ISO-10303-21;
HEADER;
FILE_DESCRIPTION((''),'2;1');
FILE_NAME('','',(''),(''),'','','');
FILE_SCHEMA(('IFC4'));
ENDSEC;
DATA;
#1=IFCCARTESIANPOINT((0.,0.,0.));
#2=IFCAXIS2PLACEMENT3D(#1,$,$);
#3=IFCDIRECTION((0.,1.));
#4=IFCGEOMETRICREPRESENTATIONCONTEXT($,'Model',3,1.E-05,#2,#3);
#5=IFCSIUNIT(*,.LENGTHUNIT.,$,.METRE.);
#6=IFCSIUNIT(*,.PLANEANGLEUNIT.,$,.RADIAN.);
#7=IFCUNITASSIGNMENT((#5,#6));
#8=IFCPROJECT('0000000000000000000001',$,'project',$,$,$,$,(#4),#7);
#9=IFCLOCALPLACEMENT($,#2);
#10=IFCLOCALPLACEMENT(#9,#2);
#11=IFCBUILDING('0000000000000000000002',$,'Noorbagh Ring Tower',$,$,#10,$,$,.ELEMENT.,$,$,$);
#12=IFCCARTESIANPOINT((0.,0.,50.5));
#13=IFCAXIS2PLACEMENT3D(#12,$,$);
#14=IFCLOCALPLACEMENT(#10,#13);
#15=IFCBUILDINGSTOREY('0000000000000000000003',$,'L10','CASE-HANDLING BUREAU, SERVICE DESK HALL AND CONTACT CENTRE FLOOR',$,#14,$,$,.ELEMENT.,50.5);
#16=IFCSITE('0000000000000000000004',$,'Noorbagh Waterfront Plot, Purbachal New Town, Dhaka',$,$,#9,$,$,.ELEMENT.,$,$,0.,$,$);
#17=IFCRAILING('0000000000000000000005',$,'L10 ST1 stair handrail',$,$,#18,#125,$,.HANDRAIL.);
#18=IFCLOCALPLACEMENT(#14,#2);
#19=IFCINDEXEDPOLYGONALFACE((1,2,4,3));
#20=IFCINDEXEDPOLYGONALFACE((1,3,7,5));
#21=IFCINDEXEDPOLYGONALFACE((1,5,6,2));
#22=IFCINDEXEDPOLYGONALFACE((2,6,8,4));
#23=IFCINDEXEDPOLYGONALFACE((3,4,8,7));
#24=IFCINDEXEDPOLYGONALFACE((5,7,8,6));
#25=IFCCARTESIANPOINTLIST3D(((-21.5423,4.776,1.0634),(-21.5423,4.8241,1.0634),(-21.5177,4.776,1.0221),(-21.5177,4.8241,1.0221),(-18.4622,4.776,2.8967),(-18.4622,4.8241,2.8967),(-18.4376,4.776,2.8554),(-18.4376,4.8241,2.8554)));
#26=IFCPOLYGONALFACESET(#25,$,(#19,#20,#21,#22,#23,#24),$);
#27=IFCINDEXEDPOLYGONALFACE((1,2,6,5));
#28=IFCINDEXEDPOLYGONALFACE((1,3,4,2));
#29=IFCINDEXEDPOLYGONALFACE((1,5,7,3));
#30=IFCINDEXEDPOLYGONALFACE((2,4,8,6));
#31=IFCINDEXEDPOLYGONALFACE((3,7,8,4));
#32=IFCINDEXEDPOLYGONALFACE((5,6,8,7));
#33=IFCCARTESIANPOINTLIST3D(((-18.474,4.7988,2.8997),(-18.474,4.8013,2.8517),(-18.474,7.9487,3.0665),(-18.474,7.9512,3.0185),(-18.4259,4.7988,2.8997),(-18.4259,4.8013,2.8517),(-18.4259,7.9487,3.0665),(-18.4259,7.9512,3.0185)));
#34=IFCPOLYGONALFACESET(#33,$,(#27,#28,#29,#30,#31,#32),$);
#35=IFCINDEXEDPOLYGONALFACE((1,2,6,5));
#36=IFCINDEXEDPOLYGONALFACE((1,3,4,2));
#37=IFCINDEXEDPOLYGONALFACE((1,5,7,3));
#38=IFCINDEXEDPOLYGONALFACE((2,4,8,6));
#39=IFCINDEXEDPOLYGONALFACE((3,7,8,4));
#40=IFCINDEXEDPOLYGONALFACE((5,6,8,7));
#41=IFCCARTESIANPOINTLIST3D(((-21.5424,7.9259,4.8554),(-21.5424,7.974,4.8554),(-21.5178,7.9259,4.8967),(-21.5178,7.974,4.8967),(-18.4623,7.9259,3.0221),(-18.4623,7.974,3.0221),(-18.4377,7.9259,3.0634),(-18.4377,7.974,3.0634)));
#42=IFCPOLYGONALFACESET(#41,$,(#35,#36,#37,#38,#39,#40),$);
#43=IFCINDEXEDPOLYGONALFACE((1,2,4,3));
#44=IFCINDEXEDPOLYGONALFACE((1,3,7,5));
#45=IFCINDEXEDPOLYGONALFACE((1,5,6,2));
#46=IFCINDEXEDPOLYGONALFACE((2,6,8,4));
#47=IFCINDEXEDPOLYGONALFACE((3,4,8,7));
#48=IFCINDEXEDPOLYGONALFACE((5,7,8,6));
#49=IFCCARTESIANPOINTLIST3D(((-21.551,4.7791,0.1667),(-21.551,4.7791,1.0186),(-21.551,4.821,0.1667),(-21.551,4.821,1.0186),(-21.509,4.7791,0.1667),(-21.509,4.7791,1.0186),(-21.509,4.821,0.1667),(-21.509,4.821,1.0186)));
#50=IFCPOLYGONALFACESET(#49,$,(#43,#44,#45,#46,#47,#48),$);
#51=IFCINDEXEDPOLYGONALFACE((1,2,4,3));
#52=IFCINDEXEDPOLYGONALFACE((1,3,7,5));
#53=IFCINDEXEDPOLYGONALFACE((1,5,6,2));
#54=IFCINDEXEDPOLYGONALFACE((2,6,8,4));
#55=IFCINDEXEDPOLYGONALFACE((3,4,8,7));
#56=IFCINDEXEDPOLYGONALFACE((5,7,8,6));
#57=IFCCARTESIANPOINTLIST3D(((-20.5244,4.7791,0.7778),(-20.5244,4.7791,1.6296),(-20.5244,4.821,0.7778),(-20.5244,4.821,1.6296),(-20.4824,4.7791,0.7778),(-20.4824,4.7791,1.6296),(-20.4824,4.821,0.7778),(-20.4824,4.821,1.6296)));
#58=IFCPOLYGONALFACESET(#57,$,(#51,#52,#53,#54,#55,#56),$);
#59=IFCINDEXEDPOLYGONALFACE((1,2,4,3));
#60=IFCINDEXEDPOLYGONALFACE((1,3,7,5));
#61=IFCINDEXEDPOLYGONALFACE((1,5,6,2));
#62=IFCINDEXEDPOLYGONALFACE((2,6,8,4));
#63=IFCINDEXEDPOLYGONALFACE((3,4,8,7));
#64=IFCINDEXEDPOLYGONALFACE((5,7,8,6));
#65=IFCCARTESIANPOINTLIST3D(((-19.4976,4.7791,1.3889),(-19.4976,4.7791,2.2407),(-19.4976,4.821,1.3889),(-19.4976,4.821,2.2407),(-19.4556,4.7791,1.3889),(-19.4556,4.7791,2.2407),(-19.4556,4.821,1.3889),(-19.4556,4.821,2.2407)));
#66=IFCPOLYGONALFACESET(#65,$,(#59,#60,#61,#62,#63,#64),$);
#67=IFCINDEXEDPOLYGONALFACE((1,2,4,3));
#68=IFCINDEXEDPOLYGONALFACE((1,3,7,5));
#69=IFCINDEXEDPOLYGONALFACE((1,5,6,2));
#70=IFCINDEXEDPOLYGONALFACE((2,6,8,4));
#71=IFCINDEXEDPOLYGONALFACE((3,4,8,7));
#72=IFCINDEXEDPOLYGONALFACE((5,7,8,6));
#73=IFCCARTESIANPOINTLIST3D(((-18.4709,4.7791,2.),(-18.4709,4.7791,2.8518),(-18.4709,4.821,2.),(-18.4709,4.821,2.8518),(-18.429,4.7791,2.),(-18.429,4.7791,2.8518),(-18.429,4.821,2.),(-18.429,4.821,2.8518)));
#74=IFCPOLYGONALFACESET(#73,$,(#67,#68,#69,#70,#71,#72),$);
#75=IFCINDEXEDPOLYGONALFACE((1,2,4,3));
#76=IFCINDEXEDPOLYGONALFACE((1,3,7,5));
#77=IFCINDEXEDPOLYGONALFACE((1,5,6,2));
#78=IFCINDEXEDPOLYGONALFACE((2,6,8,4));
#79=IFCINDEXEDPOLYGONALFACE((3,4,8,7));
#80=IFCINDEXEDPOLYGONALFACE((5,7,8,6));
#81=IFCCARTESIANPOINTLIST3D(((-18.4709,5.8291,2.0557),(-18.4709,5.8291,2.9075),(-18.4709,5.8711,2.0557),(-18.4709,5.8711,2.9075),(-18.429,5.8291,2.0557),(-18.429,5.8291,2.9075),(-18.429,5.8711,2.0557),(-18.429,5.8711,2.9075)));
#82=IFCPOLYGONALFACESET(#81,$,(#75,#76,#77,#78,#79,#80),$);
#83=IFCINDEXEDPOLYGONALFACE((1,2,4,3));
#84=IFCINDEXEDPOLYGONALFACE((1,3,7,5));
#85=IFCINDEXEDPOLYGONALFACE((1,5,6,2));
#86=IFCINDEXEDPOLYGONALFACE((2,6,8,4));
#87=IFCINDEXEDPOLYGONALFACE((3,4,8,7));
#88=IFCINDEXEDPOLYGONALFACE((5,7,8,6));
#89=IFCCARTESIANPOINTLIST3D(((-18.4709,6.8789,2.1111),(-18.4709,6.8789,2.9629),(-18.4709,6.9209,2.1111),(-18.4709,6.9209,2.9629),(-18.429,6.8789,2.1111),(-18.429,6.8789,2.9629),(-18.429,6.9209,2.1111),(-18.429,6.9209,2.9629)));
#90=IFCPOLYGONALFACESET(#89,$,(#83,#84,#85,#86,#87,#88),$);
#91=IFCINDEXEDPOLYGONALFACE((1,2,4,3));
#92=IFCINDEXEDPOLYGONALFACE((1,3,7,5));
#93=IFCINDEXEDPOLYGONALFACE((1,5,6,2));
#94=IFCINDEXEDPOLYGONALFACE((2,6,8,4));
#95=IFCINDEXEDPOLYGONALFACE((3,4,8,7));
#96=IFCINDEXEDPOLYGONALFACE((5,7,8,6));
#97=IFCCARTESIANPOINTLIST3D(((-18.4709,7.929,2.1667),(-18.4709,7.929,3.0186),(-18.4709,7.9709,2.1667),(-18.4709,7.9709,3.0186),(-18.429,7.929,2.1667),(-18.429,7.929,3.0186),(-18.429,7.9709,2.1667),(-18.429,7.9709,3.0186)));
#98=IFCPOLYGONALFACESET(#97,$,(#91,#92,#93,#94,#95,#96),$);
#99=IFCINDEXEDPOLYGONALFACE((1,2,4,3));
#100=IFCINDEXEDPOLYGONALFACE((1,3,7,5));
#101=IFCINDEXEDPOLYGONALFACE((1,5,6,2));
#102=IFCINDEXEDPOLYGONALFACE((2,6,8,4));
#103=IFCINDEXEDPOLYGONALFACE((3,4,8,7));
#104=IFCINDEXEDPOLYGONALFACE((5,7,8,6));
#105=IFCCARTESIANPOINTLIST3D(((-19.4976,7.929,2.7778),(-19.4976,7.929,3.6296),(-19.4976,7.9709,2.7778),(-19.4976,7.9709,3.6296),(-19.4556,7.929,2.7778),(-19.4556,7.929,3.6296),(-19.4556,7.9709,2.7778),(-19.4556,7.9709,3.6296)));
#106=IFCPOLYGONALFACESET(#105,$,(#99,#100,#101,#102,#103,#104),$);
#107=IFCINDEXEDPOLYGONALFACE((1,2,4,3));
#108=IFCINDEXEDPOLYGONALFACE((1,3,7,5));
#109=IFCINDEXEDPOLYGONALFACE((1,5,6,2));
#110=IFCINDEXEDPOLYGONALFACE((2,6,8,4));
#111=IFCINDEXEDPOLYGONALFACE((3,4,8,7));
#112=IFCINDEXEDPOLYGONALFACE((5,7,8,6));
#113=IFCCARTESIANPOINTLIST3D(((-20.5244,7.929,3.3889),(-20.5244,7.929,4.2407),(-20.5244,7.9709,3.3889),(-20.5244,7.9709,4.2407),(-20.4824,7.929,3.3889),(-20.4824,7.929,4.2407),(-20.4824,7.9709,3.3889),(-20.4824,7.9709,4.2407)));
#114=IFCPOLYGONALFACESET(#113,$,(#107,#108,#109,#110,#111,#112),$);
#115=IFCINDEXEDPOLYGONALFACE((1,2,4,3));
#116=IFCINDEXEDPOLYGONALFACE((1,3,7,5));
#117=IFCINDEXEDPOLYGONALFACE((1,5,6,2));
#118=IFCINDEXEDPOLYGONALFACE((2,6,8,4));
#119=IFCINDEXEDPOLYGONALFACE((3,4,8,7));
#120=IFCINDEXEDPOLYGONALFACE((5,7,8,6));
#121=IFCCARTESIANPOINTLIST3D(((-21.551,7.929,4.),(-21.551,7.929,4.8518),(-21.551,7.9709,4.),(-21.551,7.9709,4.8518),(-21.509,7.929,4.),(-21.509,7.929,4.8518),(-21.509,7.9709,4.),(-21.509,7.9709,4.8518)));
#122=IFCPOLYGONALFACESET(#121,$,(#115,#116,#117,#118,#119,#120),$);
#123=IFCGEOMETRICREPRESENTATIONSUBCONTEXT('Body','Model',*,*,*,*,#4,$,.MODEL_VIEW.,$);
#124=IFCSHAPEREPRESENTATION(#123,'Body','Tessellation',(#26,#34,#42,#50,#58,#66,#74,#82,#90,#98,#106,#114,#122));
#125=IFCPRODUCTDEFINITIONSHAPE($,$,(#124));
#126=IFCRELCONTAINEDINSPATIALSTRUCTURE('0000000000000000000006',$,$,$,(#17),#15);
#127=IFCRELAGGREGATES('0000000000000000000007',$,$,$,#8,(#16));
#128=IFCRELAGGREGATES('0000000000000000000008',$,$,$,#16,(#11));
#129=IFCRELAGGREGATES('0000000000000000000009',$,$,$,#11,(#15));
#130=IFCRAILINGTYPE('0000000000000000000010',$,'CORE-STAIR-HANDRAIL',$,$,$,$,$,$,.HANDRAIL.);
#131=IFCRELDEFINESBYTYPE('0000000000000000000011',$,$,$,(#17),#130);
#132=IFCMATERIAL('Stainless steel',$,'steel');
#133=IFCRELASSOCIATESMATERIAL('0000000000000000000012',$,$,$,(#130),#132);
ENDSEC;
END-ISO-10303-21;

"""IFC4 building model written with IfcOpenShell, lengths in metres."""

from ifc_helpers import new_model, si_unit, direction, frame, origin, origin_2d, place, context, subcontext, project, spatial, rectangle, extrude, material, type_object, element, save


model = new_model("IFC4")

# Units and contexts
model_context = context("Model", 3, precision=1e-05, world=origin(), true_north=direction((0.0, 1.0)))
body_context = subcontext(model_context, "Body", "Model", "MODEL_VIEW")
ifc_project = project(units=[si_unit("LENGTHUNIT", "METRE"), si_unit("PLANEANGLEUNIT", "RADIAN")], contexts=[model_context])

# Site, building, storey
site_placement = place(None, origin())
site = spatial("IfcSite", under=ifc_project, at=site_placement, Name="Noorbagh Waterfront Plot, Purbachal New Town, Dhaka", CompositionType="ELEMENT", RefElevation=0.0)
building_placement = place(site_placement, origin())
building = spatial("IfcBuilding", under=site, at=building_placement, Name="Noorbagh Ring Tower", CompositionType="ELEMENT")
storey_placement = place(building_placement, frame((0.0, 0.0, 50.5)))
storey = spatial("IfcBuildingStorey", under=building, at=storey_placement, Name="L10", Description="CASE-HANDLING BUREAU, SERVICE DESK HALL AND CONTACT CENTRE FLOOR", CompositionType="ELEMENT", Elevation=50.5)

# Railing
ifc_material_1 = material(Name="Stainless steel", Category="steel")
railing_type_1 = type_object("IfcRailingType", Name="CORE-STAIR-HANDRAIL", PredefinedType="HANDRAIL", material=ifc_material_1)
railing_1_placement = place(storey_placement, frame((-21.53, 4.8, 0.1667)))
element("IfcRailing", 1, at=railing_1_placement, inside=storey, type_object=railing_type_1, Name="L10 ST1 stair handrail", PredefinedType="HANDRAIL", context=body_context, shape_type="SweptSolid", body=[
    extrude(rectangle(XDim=0.0481, YDim=0.0481, at=origin_2d()), frame((0.0, 0.0, 0.876), z_axis=(0.859309, 0.0, 0.511458), x_axis=(0.0, 1.0, 0.0)), (0.0, 0.0, 1.0), 3.5845),
    extrude(rectangle(XDim=0.0481, YDim=0.0481, at=origin_2d()), frame((3.0801, 0.0, 2.709), z_axis=(0.0, 0.998602, 0.052864), x_axis=(-1.0, 0.0, 0.0)), (0.0, 0.0, 1.0), 3.1543),
    extrude(rectangle(XDim=0.0481, YDim=0.0481, at=origin_2d()), frame((3.0801, 3.1499, 2.876), z_axis=(-0.859309, 0.0, 0.511458), x_axis=(0.0, -1.0, 0.0)), (0.0, 0.0, 1.0), 3.5845),
    extrude(rectangle(XDim=0.042, YDim=0.042, at=origin_2d()), origin(), (0.0, 0.0, 1.0), 0.8518),
    extrude(rectangle(XDim=0.042, YDim=0.042, at=origin_2d()), frame((1.0266, 0.0, 0.6111)), (0.0, 0.0, 1.0), 0.8518),
    extrude(rectangle(XDim=0.042, YDim=0.042, at=origin_2d()), frame((2.0535, 0.0, 1.2222)), (0.0, 0.0, 1.0), 0.8518),
    extrude(rectangle(XDim=0.042, YDim=0.042, at=origin_2d()), frame((3.0801, 0.0, 1.8333)), (0.0, 0.0, 1.0), 0.8518),
    extrude(rectangle(XDim=0.042, YDim=0.042, at=origin_2d()), frame((3.0801, 1.05, 1.8889)), (0.0, 0.0, 1.0), 0.8518),
    extrude(rectangle(XDim=0.042, YDim=0.042, at=origin_2d()), frame((3.0801, 2.0999, 1.9443)), (0.0, 0.0, 1.0), 0.8518),
    extrude(rectangle(XDim=0.042, YDim=0.042, at=origin_2d()), frame((3.0801, 3.1499, 2.0)), (0.0, 0.0, 1.0), 0.8518),
    extrude(rectangle(XDim=0.042, YDim=0.042, at=origin_2d()), frame((2.0535, 3.1499, 2.6111)), (0.0, 0.0, 1.0), 0.8518),
    extrude(rectangle(XDim=0.042, YDim=0.042, at=origin_2d()), frame((1.0266, 3.1499, 3.2222)), (0.0, 0.0, 1.0), 0.8518),
    extrude(rectangle(XDim=0.042, YDim=0.042, at=origin_2d()), frame((0.0, 3.1499, 3.8333)), (0.0, 0.0, 1.0), 0.8518),
])

save(model, "model.ifc")
